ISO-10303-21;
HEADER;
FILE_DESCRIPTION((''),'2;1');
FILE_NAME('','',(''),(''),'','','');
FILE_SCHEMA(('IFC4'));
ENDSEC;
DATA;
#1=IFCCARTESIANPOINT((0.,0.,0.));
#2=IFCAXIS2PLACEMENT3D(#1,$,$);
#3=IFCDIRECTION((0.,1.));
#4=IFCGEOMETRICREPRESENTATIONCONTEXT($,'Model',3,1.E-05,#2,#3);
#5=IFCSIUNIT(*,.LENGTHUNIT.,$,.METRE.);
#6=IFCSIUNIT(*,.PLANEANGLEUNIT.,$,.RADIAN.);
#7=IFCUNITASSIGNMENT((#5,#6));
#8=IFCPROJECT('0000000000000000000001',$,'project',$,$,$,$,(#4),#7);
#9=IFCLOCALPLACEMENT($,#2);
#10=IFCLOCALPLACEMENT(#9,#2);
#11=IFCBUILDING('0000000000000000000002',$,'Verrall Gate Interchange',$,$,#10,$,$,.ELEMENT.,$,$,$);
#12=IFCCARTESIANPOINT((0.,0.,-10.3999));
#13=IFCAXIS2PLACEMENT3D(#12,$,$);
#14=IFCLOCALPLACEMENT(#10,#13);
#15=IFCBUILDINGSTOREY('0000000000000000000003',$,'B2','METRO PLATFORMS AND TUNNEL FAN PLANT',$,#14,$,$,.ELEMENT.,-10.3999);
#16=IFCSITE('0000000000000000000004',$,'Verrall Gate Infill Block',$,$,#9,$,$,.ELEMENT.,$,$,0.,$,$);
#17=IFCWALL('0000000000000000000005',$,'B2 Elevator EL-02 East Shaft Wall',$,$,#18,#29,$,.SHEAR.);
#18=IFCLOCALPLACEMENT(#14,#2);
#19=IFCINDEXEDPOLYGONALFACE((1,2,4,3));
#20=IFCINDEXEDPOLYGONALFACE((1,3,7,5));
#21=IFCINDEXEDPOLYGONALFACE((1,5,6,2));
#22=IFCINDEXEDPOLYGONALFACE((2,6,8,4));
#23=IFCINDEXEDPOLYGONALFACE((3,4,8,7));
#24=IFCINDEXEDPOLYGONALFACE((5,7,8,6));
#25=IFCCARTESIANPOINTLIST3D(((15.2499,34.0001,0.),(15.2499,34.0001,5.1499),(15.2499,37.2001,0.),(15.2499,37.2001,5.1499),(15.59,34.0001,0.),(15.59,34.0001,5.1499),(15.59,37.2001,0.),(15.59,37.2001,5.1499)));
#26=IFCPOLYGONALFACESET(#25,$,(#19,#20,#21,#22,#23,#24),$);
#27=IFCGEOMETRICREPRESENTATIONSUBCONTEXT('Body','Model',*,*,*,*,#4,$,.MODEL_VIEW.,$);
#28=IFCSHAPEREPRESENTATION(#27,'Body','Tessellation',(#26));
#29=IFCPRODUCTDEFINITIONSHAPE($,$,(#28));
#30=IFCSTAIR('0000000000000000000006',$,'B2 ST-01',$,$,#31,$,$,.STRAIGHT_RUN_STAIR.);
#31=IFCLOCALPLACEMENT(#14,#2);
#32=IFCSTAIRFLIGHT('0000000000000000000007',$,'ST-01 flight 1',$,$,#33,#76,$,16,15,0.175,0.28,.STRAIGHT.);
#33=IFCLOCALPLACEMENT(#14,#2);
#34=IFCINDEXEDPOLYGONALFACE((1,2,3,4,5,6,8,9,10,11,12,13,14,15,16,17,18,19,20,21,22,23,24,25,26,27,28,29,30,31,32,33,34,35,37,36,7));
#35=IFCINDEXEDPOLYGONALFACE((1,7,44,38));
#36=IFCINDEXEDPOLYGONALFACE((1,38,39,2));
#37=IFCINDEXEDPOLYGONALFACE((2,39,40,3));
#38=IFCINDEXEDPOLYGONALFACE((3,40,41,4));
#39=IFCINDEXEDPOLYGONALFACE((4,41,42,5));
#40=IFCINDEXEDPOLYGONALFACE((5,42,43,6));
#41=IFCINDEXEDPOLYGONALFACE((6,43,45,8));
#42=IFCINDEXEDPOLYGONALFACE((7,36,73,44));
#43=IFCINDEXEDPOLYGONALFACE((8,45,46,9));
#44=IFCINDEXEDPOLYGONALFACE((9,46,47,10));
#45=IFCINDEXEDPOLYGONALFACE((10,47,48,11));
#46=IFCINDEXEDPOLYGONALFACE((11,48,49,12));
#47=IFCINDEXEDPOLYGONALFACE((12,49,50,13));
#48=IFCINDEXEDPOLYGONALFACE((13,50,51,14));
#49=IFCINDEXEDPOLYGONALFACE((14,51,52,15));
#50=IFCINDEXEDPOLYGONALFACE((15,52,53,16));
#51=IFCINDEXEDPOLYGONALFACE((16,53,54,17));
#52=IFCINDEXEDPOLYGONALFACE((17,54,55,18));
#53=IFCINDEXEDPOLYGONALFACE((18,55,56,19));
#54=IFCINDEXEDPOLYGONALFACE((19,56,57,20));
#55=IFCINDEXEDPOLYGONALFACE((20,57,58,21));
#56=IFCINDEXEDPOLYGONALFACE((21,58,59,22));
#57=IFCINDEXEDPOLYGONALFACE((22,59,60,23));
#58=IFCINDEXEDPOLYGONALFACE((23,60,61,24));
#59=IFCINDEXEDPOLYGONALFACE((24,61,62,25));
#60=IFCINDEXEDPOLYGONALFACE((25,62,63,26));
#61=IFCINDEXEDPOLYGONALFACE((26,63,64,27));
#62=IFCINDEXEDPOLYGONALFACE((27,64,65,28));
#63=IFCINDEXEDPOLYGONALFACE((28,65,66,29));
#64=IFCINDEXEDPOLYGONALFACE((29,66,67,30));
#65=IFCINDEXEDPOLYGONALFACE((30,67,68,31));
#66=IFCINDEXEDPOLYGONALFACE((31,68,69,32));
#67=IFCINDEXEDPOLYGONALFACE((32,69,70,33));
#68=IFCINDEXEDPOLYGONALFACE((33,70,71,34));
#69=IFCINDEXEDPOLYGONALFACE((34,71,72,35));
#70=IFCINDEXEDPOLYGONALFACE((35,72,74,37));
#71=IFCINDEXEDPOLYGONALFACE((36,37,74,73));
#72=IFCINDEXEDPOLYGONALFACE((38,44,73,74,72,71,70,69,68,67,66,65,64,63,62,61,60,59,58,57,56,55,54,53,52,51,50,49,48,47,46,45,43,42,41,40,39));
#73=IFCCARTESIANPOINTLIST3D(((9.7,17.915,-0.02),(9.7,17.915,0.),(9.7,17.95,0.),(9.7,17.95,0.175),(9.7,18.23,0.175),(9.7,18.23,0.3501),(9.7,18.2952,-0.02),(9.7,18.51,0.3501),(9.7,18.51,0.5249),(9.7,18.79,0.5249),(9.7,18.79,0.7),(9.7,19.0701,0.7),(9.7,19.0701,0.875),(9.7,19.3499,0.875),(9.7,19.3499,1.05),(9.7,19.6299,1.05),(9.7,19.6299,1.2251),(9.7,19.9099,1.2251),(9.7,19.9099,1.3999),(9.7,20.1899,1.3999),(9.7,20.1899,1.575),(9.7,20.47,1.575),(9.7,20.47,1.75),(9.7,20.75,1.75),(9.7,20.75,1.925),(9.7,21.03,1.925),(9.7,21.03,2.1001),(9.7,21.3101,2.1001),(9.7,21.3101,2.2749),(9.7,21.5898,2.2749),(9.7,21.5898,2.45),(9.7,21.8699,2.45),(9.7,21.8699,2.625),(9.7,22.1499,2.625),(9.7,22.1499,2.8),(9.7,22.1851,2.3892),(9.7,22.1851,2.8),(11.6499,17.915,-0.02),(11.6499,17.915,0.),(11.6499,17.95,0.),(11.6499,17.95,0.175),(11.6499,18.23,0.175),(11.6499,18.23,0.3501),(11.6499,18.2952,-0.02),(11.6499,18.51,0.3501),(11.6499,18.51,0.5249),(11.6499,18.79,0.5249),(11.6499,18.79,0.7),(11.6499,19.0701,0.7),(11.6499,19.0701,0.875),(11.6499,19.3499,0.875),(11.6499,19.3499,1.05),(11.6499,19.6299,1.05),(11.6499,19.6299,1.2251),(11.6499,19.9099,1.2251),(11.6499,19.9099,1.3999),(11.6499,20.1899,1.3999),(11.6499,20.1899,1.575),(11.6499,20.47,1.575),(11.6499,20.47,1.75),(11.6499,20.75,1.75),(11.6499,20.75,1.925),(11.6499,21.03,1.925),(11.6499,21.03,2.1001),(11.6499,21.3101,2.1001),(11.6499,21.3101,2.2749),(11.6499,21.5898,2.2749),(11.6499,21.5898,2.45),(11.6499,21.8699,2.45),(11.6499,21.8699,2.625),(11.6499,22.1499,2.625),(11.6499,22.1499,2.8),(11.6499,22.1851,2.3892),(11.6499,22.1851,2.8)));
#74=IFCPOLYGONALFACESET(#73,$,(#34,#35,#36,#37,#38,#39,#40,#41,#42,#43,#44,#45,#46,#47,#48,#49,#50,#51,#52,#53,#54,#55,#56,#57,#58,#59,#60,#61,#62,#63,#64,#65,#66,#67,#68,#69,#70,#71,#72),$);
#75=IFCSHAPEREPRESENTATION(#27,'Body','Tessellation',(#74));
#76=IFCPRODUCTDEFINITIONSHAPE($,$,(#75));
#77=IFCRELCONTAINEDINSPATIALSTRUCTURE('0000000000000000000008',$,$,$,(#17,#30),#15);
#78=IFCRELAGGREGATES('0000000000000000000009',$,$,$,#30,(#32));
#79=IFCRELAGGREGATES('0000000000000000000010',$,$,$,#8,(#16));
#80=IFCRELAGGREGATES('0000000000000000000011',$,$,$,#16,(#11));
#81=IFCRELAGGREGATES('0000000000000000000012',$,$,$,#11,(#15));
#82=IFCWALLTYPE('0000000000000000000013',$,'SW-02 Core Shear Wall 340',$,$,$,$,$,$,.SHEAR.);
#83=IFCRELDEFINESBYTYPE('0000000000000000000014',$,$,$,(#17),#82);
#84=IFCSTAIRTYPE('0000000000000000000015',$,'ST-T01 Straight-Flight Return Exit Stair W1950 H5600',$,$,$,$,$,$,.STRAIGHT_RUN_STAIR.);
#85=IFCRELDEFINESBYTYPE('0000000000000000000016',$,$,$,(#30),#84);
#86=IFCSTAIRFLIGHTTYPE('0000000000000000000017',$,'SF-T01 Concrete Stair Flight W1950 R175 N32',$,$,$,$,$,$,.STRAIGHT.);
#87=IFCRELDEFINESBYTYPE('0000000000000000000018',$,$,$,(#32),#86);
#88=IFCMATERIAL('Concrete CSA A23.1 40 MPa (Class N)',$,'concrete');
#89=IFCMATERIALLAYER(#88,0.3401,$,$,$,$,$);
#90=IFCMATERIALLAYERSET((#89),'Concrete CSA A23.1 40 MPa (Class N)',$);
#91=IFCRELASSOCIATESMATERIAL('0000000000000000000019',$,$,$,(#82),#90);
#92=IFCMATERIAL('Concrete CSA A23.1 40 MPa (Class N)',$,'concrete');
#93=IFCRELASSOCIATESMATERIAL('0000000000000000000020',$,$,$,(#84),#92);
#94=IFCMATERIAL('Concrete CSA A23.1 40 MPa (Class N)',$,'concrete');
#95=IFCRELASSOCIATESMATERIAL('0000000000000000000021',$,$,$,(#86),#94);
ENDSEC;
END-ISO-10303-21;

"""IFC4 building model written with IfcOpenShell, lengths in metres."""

from ifc_helpers import new_model, si_unit, direction, frame, frame_2d, origin, place, context, subcontext, project, spatial, polyline, rectangle, outline, extrude, material, layer, layer_set, type_object, element, aggregate, save


model = new_model("IFC4")

# Units and contexts
model_context = context("Model", 3, precision=1e-05, world=origin(), true_north=direction((0.0, 1.0)))
body_context = subcontext(model_context, "Body", "Model", "MODEL_VIEW")
ifc_project = project(units=[si_unit("LENGTHUNIT", "METRE"), si_unit("PLANEANGLEUNIT", "RADIAN")], contexts=[model_context])

# Site, building, storey
site_placement = place(None, origin())
site = spatial("IfcSite", under=ifc_project, at=site_placement, Name="Verrall Gate Infill Block", CompositionType="ELEMENT", RefElevation=0.0)
building_placement = place(site_placement, origin())
building = spatial("IfcBuilding", under=site, at=building_placement, Name="Verrall Gate Interchange", CompositionType="ELEMENT")
storey_placement = place(building_placement, frame((0.0, 0.0, -10.3999)))
storey = spatial("IfcBuildingStorey", under=building, at=storey_placement, Name="B2", Description="METRO PLATFORMS AND TUNNEL FAN PLANT", CompositionType="ELEMENT", Elevation=-10.3999)

# Shared definitions
ifc_material_1 = material(Name="Concrete CSA A23.1 40 MPa (Class N)", Category="concrete")
ifc_layer_1 = layer(ifc_material_1, 0.3401)
ifc_layer_set_1 = layer_set([ifc_layer_1], Name="Concrete CSA A23.1 40 MPa (Class N)")
wall_type_1 = type_object("IfcWallType", Name="SW-02 Core Shear Wall 340", PredefinedType="SHEAR", material=ifc_layer_set_1)

# Wall
wall_1_placement = place(storey_placement, frame((15.4199, 34.0, 0.0), z_axis=(0.0, 0.0, 1.0), x_axis=(0.0, 1.0, 0.0)))
element("IfcWall", 1, at=wall_1_placement, inside=storey, type_object=wall_type_1, Name="B2 Elevator EL-02 East Shaft Wall", PredefinedType="SHEAR", context=body_context, shape_type="SweptSolid", body=[
    extrude(rectangle(XDim=3.2, YDim=0.3401, at=frame_2d((1.6001, 0.0))), origin(), (0.0, 0.0, 1.0), 5.1499),
])

# Stair, stair flight
ifc_material_2 = material(Name="Concrete CSA A23.1 40 MPa (Class N)", Category="concrete")
stair_type = type_object("IfcStairType", Name="ST-T01 Straight-Flight Return Exit Stair W1950 H5600", PredefinedType="STRAIGHT_RUN_STAIR", material=ifc_material_2)
stair_placement = place(storey_placement, origin())
stair = element("IfcStair", 2, at=stair_placement, inside=storey, type_object=stair_type, Name="B2 ST-01", PredefinedType="STRAIGHT_RUN_STAIR")
ifc_material_3 = material(Name="Concrete CSA A23.1 40 MPa (Class N)", Category="concrete")
stair_flight_type = type_object("IfcStairFlightType", Name="SF-T01 Concrete Stair Flight W1950 R175 N32", PredefinedType="STRAIGHT", material=ifc_material_3)
stair_flight_placement = place(storey_placement, frame((10.675, 17.95, 0.0), z_axis=(0.0, 0.0, 1.0), x_axis=(0.0, 1.0, 0.0)))
stair_flight = element("IfcStairFlight", 3, at=stair_flight_placement, type_object=stair_flight_type, Name="ST-01 flight 1", NumberOfRisers=16, NumberOfTreads=15, PredefinedType="STRAIGHT", RiserHeight=0.175, TreadLength=0.28, context=body_context, shape_type="SweptSolid", body=[
    extrude(outline(polyline([(-0.0349, -0.02), (-0.0349, 0.0), (0.0, 0.0), (0.0, 0.175), (0.28, 0.175), (0.28, 0.3501), (0.5601, 0.3501), (0.5601, 0.5249), (0.8401, 0.5249), (0.8401, 0.7), (1.1201, 0.7), (1.1201, 0.875), (1.3999, 0.875), (1.3999, 1.05), (1.6799, 1.05), (1.6799, 1.2251), (1.96, 1.2251), (1.96, 1.3999), (2.24, 1.3999), (2.24, 1.575), (2.52, 1.575), (2.52, 1.75), (2.8, 1.75), (2.8, 1.925), (3.0801, 1.925), (3.0801, 2.1001), (3.3601, 2.1001), (3.3601, 2.2749), (3.6399, 2.2749), (3.6399, 2.45), (3.9199, 2.45), (3.9199, 2.625), (4.2, 2.625), (4.2, 2.8), (4.2351, 2.8), (4.2351, 2.3892), (0.3452, -0.02), (-0.0349, -0.02)])), frame((0.0, 0.9751, 0.0), z_axis=(0.0, -1.0, 0.0), x_axis=(1.0, 0.0, 0.0)), (0.0, 0.0, 1.0), 1.95),
])
aggregate(stair, [stair_flight])

save(model, "model.ifc")
